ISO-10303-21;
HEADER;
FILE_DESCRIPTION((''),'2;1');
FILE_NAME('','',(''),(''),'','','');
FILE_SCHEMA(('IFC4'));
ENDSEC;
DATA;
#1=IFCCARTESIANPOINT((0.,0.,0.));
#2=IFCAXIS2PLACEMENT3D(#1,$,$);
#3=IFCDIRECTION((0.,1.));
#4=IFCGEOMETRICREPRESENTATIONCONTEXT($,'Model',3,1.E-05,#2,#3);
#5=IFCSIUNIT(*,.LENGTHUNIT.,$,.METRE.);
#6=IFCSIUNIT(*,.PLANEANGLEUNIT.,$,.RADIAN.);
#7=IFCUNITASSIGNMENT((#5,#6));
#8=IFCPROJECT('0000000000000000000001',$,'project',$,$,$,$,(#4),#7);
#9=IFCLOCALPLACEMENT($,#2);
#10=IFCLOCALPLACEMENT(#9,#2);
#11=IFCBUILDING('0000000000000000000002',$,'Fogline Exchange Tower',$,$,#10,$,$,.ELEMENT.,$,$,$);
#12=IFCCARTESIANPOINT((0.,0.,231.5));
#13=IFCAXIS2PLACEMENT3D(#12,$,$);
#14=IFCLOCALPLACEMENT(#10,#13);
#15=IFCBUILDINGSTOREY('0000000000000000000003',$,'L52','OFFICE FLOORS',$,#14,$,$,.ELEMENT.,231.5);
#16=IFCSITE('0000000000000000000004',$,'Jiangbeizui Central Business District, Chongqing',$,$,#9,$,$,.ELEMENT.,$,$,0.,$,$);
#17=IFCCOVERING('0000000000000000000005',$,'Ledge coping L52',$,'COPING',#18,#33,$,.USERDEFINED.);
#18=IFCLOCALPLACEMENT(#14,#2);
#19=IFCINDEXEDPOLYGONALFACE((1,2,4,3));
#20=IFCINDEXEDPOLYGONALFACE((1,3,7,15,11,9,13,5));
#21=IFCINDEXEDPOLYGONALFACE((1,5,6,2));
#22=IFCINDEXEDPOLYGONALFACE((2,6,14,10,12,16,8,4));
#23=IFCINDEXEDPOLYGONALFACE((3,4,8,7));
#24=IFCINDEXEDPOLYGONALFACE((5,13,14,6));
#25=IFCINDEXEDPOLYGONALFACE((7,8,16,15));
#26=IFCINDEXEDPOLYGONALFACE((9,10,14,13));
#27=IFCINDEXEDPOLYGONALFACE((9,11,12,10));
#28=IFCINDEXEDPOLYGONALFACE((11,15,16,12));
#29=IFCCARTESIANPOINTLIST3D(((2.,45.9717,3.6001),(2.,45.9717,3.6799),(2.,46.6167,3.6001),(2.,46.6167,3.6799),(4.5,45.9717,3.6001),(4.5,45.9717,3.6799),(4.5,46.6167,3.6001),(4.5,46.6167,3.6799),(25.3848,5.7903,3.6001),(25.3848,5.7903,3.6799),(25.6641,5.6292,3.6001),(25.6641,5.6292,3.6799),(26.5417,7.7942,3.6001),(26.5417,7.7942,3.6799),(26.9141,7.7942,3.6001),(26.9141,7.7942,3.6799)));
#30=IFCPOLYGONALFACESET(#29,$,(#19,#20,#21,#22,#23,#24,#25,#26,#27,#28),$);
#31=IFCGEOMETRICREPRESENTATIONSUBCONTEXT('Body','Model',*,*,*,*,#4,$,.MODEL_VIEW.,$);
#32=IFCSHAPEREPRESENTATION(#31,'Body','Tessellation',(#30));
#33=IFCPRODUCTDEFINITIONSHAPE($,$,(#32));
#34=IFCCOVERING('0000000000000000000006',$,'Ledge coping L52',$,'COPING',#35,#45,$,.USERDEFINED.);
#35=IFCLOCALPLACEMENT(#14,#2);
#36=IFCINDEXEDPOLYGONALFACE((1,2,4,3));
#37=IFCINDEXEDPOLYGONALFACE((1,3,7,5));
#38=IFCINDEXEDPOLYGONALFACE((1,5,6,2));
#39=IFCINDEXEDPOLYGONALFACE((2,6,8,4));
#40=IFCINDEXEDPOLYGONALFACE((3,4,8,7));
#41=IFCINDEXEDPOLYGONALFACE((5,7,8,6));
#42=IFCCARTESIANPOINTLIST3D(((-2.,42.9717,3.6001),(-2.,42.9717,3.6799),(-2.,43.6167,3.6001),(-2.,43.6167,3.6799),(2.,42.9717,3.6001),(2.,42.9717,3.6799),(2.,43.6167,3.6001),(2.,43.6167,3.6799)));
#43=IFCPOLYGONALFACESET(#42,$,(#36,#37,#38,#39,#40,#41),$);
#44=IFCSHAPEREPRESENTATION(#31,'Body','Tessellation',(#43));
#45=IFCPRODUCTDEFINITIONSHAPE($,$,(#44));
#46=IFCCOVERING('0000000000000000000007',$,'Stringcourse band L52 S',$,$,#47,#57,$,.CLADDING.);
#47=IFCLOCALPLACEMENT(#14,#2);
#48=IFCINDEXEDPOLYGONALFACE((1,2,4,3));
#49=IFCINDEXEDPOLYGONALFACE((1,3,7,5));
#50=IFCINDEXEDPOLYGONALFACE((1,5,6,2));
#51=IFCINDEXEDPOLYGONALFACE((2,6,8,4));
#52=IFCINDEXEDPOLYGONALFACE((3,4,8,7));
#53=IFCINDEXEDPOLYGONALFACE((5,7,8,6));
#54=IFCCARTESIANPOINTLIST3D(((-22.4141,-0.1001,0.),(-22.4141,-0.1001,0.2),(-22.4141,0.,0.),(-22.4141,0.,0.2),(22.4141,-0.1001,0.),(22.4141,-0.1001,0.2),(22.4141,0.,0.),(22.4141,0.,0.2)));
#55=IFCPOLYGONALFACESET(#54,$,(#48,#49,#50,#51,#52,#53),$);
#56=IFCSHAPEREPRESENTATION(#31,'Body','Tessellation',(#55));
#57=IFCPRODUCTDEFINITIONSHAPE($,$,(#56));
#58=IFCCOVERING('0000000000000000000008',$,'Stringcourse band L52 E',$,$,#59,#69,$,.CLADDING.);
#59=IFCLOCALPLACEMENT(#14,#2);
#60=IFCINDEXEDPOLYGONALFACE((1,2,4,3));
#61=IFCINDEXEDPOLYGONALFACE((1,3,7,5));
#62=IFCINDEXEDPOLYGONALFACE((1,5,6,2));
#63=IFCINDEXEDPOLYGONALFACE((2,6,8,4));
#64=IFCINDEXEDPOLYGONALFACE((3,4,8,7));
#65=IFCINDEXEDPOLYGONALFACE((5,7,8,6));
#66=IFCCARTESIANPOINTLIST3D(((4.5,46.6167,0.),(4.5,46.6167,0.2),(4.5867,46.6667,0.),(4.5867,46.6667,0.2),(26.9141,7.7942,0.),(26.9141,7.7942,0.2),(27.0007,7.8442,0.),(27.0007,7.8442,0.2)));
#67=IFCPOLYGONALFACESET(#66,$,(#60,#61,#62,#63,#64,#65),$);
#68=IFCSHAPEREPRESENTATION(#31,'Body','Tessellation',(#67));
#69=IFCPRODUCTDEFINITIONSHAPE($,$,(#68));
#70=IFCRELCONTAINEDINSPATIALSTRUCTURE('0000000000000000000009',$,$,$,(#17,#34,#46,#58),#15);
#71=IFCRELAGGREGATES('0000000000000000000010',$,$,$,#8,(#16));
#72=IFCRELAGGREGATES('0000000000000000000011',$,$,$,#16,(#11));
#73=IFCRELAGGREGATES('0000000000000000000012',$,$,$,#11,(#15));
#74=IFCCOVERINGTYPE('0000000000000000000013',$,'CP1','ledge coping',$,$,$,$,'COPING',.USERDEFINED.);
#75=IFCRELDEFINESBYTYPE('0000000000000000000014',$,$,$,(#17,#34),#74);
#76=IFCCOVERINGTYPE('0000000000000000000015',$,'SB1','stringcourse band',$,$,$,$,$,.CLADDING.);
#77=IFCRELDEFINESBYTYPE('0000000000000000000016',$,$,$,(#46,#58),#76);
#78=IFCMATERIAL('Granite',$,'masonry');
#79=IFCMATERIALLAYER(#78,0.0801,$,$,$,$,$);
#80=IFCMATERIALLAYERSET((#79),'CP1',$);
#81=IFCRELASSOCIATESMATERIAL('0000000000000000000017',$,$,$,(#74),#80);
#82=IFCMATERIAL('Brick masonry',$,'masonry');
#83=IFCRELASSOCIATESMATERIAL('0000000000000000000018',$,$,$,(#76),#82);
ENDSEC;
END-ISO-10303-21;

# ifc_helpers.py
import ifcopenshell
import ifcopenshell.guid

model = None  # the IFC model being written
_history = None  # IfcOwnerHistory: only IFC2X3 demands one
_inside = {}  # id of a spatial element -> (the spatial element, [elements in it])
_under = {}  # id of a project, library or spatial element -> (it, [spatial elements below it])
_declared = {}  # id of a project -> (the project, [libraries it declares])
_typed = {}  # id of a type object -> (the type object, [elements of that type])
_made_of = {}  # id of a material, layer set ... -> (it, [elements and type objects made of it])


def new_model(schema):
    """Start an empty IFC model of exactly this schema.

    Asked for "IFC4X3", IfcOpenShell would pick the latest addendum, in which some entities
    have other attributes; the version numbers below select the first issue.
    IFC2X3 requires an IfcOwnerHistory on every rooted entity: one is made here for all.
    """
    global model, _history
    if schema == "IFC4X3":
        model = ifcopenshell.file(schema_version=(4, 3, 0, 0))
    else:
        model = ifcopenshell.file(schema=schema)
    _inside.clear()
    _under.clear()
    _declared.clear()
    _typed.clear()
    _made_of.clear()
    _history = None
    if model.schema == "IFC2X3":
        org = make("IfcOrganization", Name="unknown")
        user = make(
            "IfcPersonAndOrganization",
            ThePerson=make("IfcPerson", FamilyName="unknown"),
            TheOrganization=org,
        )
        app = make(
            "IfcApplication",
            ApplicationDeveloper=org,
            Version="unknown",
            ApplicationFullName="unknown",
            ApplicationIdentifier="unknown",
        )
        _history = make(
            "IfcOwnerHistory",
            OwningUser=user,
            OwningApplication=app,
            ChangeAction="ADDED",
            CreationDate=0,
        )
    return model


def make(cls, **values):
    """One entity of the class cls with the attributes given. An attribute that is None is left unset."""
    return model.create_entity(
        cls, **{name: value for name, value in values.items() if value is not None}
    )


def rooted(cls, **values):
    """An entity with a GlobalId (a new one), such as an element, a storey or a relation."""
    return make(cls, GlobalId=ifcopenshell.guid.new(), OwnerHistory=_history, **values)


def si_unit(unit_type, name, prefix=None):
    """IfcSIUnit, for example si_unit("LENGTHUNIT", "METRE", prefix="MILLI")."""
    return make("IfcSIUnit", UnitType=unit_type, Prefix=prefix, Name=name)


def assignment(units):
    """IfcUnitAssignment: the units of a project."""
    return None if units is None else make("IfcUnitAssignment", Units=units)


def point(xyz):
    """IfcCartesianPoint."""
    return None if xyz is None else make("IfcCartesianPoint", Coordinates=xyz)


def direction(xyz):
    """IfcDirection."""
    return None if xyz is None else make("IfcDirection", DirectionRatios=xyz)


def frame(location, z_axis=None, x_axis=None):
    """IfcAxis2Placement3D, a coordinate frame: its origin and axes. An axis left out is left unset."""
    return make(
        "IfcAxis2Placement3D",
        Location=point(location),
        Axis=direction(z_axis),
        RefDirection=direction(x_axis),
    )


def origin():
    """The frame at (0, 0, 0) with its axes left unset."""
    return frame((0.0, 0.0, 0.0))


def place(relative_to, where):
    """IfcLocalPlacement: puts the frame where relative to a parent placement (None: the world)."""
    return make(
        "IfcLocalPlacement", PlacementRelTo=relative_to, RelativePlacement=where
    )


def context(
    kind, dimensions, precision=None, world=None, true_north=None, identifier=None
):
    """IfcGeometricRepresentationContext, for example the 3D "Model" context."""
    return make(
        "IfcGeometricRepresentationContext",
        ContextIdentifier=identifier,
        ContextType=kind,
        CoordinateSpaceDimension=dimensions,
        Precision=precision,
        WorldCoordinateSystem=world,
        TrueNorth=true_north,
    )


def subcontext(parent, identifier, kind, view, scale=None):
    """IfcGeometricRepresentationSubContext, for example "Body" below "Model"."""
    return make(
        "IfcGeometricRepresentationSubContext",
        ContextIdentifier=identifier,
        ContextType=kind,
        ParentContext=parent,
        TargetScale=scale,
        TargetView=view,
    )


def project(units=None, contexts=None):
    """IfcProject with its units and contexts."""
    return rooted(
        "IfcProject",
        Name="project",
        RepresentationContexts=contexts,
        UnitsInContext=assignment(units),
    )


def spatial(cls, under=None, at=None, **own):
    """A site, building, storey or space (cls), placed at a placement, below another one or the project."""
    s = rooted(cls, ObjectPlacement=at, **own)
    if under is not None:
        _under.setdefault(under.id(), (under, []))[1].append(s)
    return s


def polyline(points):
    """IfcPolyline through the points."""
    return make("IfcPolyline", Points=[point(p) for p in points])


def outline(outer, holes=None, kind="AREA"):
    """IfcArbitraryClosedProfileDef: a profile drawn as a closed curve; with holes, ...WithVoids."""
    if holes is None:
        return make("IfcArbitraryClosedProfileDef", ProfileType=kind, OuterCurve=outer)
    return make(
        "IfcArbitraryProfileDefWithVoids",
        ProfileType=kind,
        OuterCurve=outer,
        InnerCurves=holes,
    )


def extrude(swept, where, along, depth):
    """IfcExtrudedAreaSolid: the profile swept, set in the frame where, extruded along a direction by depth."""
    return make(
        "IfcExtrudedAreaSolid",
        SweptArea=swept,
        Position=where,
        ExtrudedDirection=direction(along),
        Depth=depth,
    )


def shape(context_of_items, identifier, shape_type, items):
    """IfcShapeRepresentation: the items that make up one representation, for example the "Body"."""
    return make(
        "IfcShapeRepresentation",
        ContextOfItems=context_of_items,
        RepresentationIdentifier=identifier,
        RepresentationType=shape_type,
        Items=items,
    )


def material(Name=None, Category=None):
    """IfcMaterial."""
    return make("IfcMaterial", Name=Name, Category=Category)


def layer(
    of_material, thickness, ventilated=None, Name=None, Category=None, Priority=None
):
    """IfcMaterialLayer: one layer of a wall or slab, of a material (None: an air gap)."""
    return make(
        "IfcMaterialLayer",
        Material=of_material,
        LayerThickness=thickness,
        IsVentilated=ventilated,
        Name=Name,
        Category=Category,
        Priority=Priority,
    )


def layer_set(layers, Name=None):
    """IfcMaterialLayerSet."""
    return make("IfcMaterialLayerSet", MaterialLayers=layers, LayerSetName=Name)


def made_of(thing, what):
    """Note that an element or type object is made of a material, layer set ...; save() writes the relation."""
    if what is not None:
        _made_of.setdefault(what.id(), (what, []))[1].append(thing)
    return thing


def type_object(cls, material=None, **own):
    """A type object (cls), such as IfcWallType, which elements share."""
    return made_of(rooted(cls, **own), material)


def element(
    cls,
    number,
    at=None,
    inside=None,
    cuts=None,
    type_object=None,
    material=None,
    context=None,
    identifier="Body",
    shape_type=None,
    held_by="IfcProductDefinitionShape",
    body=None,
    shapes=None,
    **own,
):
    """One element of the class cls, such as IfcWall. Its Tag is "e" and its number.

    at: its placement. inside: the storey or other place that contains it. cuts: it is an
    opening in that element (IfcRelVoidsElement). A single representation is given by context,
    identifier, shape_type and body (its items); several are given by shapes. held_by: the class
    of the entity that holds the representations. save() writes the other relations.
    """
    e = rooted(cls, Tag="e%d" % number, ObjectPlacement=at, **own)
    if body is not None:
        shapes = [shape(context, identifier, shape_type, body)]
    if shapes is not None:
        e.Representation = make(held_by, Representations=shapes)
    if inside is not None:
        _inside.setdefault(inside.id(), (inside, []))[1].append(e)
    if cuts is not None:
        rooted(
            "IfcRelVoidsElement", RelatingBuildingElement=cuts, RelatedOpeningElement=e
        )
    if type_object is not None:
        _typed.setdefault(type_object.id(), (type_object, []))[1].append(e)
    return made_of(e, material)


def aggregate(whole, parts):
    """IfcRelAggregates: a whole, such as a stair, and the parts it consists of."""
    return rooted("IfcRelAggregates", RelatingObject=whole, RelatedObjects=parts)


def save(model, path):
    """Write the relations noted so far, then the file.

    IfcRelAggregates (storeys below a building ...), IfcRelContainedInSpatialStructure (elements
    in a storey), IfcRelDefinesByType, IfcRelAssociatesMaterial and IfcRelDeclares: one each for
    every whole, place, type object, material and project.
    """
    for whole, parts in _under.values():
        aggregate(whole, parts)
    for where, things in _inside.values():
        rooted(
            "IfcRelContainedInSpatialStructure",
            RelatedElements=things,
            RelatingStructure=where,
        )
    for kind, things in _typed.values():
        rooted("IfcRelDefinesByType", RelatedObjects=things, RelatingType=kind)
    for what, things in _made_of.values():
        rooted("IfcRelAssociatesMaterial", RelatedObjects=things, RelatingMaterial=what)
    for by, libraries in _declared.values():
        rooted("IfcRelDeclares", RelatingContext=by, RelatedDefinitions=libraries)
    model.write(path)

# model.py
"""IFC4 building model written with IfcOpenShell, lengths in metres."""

from ifc_helpers import new_model, si_unit, direction, frame, origin, place, context, subcontext, project, spatial, polyline, outline, extrude, material, layer, layer_set, type_object, element, save


model = new_model("IFC4")

# Units and contexts
model_context = context("Model", 3, precision=1e-05, world=origin(), true_north=direction((0.0, 1.0)))
body_context = subcontext(model_context, "Body", "Model", "MODEL_VIEW")
ifc_project = project(units=[si_unit("LENGTHUNIT", "METRE"), si_unit("PLANEANGLEUNIT", "RADIAN")], contexts=[model_context])

# Site, building, storey
site_placement = place(None, origin())
site = spatial("IfcSite", under=ifc_project, at=site_placement, Name="Jiangbeizui Central Business District, Chongqing", CompositionType="ELEMENT", RefElevation=0.0)
building_placement = place(site_placement, origin())
building = spatial("IfcBuilding", under=site, at=building_placement, Name="Fogline Exchange Tower", CompositionType="ELEMENT")
storey_placement = place(building_placement, frame((0.0, 0.0, 231.5)))
storey = spatial("IfcBuildingStorey", under=building, at=storey_placement, Name="L52", Description="OFFICE FLOORS", CompositionType="ELEMENT", Elevation=231.5)

# Shared definitions
ifc_material_1 = material(Name="Brick masonry", Category="masonry")

# Coverings
ifc_material_2 = material(Name="Granite", Category="masonry")
ifc_layer_1 = layer(ifc_material_2, 0.0801)
ifc_layer_set_1 = layer_set([ifc_layer_1], Name="CP1")
covering_type_1 = type_object("IfcCoveringType", Name="CP1", Description="ledge coping", ElementType="COPING", PredefinedType="USERDEFINED", material=ifc_layer_set_1)
covering_1_placement = place(storey_placement, frame((0.0, 0.0, 3.6001)))
element("IfcCovering", 1, at=covering_1_placement, inside=storey, type_object=covering_type_1, Name="Ledge coping L52", ObjectType="COPING", PredefinedType="USERDEFINED", context=body_context, shape_type="SweptSolid", body=[
    extrude(outline(polyline([(2.0, 46.6167), (2.0, 45.9717), (4.5, 45.9717), (26.5417, 7.7942), (25.3848, 5.7903), (25.6641, 5.6292), (26.9141, 7.7942), (4.5, 46.6167), (2.0, 46.6167)])), origin(), (0.0, 0.0, 1.0), 0.0798),
])
covering_2_placement = place(storey_placement, frame((0.0, 0.0, 3.6001)))
element("IfcCovering", 2, at=covering_2_placement, inside=storey, type_object=covering_type_1, Name="Ledge coping L52", ObjectType="COPING", PredefinedType="USERDEFINED", context=body_context, shape_type="SweptSolid", body=[
    extrude(outline(polyline([(2.0, 43.6167), (-2.0, 43.6167), (-2.0, 42.9717), (2.0, 42.9717), (2.0, 43.6167)])), origin(), (0.0, 0.0, 1.0), 0.0798),
])
covering_type_2 = type_object("IfcCoveringType", Name="SB1", Description="stringcourse band", PredefinedType="CLADDING", material=ifc_material_1)
covering_3_placement = place(storey_placement, origin())
element("IfcCovering", 3, at=covering_3_placement, inside=storey, type_object=covering_type_2, Name="Stringcourse band L52 S", PredefinedType="CLADDING", context=body_context, shape_type="SweptSolid", body=[
    extrude(outline(polyline([(-22.4141, 0.0), (-22.4141, -0.1001), (22.4141, -0.1001), (22.4141, 0.0), (-22.4141, 0.0)])), origin(), (0.0, 0.0, 1.0), 0.2),
])
covering_4_placement = place(storey_placement, origin())
element("IfcCovering", 4, at=covering_4_placement, inside=storey, type_object=covering_type_2, Name="Stringcourse band L52 E", PredefinedType="CLADDING", context=body_context, shape_type="SweptSolid", body=[
    extrude(outline(polyline([(26.9141, 7.7942), (27.0007, 7.8442), (4.5867, 46.6667), (4.5, 46.6167), (26.9141, 7.7942)])), origin(), (0.0, 0.0, 1.0), 0.2),
])

save(model, "model.ifc")
